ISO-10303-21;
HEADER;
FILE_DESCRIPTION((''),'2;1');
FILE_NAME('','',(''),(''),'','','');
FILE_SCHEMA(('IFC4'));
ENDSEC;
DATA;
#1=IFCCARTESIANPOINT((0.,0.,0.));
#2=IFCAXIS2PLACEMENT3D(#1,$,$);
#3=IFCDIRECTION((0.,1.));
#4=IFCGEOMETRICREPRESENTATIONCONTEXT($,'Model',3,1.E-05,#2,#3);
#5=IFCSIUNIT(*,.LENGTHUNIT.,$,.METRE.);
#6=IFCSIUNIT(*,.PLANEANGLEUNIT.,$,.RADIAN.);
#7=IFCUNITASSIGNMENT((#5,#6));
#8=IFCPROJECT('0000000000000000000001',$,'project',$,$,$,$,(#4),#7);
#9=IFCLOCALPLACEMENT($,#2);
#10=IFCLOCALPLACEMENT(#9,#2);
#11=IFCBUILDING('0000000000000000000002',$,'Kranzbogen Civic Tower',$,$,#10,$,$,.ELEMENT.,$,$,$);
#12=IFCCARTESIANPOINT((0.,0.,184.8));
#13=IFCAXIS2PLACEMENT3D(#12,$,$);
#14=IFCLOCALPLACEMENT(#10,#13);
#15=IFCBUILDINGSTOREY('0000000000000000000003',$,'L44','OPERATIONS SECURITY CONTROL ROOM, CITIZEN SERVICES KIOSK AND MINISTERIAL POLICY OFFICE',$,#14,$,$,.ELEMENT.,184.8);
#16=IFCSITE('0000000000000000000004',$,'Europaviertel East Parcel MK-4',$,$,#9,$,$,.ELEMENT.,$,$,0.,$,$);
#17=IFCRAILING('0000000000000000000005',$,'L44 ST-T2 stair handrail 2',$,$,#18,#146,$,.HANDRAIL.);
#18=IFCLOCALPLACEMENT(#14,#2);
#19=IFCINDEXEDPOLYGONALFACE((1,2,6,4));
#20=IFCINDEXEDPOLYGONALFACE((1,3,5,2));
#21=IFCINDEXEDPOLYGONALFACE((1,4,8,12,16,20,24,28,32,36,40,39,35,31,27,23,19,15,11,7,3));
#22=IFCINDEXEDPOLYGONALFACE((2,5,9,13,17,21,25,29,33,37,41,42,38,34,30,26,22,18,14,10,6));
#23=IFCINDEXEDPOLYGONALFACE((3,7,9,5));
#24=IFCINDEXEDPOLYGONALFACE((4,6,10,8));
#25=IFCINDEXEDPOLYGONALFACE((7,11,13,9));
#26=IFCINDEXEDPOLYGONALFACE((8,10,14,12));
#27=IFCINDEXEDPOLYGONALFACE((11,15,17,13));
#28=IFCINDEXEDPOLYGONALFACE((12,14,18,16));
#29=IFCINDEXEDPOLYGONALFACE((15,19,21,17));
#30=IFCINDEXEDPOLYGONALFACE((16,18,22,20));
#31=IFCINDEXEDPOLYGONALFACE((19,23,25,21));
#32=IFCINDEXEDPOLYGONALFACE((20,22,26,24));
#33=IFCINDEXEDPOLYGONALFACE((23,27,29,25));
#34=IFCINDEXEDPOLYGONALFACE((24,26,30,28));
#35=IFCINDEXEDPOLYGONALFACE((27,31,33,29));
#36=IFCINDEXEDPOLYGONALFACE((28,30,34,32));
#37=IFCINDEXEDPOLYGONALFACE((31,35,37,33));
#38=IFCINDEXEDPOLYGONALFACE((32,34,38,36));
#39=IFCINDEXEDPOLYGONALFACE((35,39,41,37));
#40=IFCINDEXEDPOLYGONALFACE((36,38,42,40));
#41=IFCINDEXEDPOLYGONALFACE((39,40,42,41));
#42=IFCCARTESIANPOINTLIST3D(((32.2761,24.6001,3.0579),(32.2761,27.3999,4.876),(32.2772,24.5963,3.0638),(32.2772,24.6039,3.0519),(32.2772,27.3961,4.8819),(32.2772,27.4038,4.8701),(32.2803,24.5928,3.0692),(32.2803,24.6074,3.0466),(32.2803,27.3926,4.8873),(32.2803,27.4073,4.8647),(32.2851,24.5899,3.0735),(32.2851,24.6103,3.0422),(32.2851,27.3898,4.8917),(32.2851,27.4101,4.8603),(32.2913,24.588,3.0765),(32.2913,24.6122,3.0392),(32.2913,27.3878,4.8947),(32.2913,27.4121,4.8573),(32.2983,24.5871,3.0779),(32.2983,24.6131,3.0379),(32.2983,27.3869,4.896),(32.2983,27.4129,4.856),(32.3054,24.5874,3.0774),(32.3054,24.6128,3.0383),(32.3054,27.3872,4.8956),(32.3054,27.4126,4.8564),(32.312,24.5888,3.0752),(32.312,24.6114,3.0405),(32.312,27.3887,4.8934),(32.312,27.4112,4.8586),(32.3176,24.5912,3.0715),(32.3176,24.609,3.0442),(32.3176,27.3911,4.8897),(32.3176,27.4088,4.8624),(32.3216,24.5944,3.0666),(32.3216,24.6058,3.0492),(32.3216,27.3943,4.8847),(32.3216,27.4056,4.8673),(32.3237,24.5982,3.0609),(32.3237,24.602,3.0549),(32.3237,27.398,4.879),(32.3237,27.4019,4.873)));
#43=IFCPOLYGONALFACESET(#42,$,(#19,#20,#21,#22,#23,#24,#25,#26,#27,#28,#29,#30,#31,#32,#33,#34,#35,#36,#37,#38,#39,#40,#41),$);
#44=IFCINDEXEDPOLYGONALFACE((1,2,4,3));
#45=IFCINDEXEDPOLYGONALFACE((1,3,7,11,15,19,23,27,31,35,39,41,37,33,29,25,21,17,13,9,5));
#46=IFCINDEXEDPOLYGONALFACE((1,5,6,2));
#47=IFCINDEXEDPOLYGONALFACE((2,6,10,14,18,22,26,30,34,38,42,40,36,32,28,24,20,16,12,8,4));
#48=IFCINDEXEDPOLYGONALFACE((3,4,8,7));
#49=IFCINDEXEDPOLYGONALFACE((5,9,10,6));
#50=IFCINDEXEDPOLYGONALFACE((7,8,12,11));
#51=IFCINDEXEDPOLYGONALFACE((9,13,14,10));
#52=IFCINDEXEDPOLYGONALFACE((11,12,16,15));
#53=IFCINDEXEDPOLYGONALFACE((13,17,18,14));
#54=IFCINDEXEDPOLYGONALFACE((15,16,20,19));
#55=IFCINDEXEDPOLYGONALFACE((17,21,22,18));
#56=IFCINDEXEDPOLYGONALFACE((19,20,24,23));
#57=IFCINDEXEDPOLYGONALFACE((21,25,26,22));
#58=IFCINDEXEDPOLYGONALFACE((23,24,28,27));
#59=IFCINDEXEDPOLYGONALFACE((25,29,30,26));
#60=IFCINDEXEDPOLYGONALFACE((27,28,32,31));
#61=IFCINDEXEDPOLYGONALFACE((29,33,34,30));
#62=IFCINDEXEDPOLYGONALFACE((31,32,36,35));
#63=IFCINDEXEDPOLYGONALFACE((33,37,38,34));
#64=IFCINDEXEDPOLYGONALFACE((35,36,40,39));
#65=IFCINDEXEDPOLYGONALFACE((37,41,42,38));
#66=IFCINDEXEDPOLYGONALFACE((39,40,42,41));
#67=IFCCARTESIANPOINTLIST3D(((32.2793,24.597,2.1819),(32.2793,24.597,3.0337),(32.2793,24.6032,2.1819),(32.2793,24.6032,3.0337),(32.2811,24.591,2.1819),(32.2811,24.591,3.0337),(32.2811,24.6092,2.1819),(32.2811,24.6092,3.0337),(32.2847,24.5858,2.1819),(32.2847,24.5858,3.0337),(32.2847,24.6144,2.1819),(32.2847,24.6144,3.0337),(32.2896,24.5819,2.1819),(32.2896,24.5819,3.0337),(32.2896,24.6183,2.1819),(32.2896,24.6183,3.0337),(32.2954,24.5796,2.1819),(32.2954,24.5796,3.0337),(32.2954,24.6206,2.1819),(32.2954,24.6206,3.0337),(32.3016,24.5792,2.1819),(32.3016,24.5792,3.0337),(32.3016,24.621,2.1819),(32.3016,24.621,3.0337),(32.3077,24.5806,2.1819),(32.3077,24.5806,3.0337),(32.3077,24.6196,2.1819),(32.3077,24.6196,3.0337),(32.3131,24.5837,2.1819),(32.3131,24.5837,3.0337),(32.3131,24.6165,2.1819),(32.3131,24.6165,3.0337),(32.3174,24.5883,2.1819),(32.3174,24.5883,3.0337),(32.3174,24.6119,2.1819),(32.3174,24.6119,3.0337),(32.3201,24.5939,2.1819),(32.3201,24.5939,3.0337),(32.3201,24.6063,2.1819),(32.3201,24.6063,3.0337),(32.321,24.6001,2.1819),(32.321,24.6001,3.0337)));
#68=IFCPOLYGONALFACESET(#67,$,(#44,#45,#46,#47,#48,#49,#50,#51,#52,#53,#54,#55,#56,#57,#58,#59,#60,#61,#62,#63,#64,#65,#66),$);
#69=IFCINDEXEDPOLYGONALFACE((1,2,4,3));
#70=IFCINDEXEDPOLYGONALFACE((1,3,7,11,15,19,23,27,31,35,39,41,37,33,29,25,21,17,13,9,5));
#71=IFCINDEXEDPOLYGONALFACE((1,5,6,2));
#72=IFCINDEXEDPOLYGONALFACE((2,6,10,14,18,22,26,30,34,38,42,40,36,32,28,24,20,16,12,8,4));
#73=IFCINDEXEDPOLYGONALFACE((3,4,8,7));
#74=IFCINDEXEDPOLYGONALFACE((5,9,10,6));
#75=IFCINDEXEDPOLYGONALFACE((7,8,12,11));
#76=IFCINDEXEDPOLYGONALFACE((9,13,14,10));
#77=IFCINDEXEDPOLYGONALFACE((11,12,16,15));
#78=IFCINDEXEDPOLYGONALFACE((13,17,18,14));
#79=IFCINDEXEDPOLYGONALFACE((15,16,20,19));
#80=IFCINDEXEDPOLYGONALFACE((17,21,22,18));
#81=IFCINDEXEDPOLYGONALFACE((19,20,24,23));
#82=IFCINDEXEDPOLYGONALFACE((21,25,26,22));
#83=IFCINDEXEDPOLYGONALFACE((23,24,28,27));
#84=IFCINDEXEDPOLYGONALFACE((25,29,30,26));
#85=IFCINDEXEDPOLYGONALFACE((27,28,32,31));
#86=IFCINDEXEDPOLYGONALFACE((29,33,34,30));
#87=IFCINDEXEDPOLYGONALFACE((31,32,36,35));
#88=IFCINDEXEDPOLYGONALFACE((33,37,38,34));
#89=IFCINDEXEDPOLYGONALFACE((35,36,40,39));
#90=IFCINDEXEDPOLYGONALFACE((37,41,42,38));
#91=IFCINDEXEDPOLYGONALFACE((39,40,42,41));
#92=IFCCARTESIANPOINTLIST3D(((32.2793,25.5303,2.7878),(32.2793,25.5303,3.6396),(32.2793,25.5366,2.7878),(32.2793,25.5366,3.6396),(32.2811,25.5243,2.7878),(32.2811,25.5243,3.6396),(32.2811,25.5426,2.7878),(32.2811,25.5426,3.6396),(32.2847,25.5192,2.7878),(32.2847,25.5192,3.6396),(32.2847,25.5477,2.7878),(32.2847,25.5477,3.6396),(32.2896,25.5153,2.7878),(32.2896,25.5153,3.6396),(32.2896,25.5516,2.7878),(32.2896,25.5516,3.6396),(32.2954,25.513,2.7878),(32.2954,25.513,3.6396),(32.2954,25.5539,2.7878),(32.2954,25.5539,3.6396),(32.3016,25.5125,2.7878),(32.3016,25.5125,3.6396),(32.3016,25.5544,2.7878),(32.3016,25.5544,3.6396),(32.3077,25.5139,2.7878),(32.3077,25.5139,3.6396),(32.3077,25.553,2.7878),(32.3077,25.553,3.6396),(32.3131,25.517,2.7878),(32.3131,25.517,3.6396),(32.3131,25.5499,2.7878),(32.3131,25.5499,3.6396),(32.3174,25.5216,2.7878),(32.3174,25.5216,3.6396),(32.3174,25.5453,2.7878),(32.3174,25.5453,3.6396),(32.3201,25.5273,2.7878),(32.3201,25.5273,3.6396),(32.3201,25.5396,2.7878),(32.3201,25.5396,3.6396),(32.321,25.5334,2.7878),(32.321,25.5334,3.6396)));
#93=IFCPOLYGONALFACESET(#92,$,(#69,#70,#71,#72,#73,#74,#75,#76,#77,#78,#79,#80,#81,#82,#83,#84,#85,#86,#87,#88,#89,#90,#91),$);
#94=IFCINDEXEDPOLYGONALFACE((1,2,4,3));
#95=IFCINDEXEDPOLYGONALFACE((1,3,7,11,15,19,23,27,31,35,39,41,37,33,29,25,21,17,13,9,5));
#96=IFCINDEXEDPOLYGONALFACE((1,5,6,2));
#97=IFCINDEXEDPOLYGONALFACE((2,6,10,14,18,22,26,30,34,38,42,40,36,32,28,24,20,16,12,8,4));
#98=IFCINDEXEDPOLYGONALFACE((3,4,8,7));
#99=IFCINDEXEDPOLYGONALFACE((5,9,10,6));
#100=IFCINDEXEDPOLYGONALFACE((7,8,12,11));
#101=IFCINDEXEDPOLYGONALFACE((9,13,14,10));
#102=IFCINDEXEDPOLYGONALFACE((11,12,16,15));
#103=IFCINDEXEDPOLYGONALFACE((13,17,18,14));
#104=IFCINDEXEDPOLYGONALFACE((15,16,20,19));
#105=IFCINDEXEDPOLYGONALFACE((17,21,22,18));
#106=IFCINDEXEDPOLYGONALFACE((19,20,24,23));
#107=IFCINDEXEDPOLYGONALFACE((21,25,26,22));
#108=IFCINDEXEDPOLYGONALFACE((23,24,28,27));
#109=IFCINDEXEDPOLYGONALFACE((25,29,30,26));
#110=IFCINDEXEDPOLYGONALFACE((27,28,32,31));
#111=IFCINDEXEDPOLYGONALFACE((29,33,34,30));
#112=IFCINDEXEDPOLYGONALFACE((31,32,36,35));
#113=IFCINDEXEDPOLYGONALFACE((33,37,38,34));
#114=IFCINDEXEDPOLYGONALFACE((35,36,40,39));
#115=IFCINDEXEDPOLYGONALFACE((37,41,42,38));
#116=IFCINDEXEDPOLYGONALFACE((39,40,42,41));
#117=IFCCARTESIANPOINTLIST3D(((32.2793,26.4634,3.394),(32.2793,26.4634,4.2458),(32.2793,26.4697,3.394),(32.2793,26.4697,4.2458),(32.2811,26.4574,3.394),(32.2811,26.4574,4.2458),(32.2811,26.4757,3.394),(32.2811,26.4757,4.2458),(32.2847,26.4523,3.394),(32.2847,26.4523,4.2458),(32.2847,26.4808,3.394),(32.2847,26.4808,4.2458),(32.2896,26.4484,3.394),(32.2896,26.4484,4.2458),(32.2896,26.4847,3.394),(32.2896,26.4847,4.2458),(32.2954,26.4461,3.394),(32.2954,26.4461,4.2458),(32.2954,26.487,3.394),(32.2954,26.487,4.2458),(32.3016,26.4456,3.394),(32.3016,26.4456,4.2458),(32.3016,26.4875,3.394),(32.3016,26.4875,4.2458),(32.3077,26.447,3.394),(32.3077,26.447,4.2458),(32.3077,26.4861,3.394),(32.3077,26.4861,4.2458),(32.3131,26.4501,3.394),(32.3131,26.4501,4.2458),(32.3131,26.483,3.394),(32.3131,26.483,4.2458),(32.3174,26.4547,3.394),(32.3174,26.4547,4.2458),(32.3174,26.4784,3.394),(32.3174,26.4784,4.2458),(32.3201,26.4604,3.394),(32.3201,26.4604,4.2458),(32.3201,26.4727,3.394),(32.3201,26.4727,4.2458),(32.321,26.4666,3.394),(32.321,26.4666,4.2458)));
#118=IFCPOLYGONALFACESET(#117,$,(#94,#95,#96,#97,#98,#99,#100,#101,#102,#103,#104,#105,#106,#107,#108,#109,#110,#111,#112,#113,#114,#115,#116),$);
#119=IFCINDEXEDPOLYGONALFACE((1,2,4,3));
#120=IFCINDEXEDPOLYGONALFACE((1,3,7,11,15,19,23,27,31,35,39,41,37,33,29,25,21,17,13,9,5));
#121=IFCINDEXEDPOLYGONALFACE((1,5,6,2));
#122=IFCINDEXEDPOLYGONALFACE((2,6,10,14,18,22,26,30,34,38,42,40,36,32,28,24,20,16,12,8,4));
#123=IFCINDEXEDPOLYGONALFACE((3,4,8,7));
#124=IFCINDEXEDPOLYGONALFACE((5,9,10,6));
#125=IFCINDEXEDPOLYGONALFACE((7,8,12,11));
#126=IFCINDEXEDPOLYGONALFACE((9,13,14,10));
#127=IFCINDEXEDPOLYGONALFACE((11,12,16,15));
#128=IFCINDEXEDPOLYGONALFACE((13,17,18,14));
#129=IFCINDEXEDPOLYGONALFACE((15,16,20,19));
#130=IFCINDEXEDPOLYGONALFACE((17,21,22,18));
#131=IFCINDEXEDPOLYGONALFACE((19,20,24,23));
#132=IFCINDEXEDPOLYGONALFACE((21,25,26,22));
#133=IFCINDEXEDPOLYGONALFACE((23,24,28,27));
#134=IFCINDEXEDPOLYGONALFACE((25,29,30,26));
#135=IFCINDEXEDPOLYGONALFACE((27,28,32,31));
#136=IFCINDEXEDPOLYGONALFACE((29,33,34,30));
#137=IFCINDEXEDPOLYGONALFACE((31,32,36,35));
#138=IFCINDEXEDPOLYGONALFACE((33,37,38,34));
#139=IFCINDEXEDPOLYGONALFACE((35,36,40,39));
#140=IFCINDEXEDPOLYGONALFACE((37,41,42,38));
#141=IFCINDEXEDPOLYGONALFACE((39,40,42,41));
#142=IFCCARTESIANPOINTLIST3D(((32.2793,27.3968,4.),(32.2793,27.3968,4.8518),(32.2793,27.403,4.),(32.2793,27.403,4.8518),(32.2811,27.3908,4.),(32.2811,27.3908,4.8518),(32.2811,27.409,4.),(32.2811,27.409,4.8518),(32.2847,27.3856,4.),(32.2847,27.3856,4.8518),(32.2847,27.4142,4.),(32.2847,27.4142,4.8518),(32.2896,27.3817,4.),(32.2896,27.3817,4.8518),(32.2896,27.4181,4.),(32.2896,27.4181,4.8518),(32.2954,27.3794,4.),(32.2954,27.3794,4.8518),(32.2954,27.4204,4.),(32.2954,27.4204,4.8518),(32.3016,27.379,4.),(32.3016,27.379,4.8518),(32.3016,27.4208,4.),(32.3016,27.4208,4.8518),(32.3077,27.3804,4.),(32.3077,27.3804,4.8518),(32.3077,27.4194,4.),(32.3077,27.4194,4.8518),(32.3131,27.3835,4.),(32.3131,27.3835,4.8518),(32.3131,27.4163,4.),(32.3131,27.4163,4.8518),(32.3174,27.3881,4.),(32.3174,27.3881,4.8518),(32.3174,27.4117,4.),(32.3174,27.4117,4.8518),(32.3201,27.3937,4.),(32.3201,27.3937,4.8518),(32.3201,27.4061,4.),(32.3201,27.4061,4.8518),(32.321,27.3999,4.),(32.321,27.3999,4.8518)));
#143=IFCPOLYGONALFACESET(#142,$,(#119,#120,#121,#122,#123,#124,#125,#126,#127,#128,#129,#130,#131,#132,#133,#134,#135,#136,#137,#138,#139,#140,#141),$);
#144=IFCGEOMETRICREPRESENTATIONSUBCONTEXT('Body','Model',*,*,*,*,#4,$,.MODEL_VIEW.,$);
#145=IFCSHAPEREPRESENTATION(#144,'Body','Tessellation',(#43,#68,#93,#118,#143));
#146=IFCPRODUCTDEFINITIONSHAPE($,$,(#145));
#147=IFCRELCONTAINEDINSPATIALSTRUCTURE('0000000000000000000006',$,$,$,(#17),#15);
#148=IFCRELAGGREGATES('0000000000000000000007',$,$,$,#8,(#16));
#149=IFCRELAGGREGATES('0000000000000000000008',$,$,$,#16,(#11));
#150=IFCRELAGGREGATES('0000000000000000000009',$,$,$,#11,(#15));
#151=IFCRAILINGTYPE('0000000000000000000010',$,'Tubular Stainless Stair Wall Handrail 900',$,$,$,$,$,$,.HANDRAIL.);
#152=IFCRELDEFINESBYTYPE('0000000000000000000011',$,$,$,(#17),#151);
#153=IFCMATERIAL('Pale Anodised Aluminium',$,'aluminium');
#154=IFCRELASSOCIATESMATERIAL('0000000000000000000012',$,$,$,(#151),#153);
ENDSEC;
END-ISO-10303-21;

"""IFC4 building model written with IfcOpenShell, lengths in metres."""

from ifc_helpers import new_model, si_unit, direction, frame, origin, origin_2d, place, context, subcontext, project, spatial, circle, extrude, material, type_object, element, save


model = new_model("IFC4")

# Units and contexts
model_context = context("Model", 3, precision=1e-05, world=origin(), true_north=direction((0.0, 1.0)))
body_context = subcontext(model_context, "Body", "Model", "MODEL_VIEW")
ifc_project = project(units=[si_unit("LENGTHUNIT", "METRE"), si_unit("PLANEANGLEUNIT", "RADIAN")], contexts=[model_context])

# Site, building, storey
site_placement = place(None, origin())
site = spatial("IfcSite", under=ifc_project, at=site_placement, Name="Europaviertel East Parcel MK-4", CompositionType="ELEMENT", RefElevation=0.0)
building_placement = place(site_placement, origin())
building = spatial("IfcBuilding", under=site, at=building_placement, Name="Kranzbogen Civic Tower", CompositionType="ELEMENT")
storey_placement = place(building_placement, frame((0.0, 0.0, 184.8)))
storey = spatial("IfcBuildingStorey", under=building, at=storey_placement, Name="L44", Description="OPERATIONS SECURITY CONTROL ROOM, CITIZEN SERVICES KIOSK AND MINISTERIAL POLICY OFFICE", CompositionType="ELEMENT", Elevation=184.8)

# Shared definitions
ifc_material_1 = material(Name="Pale Anodised Aluminium", Category="aluminium")

# Railing
railing_type = type_object("IfcRailingType", Name="Tubular Stainless Stair Wall Handrail 900", PredefinedType="HANDRAIL", material=ifc_material_1)
railing_placement = place(storey_placement, frame((32.3, 24.6001, 2.1819)))
element("IfcRailing", 1, at=railing_placement, inside=storey, type_object=railing_type, Name="L44 ST-T2 stair handrail 2", PredefinedType="HANDRAIL", context=body_context, shape_type="SweptSolid", body=[
    extrude(circle(Radius=0.0239, at=origin_2d()), frame((0.0, 0.0, 0.876), z_axis=(0.0, 0.838684, 0.544618), x_axis=(-1.0, 0.0, 0.0)), (0.0, 0.0, 1.0), 3.3384),
    extrude(circle(Radius=0.021, at=origin_2d()), origin(), (0.0, 0.0, 1.0), 0.8518),
    extrude(circle(Radius=0.021, at=origin_2d()), frame((0.0, 0.9333, 0.606)), (0.0, 0.0, 1.0), 0.8518),
    extrude(circle(Radius=0.021, at=origin_2d()), frame((0.0, 1.8665, 1.2122)), (0.0, 0.0, 1.0), 0.8518),
    extrude(circle(Radius=0.021, at=origin_2d()), frame((0.0, 2.7998, 1.8181)), (0.0, 0.0, 1.0), 0.8518),
])

save(model, "model.ifc")
